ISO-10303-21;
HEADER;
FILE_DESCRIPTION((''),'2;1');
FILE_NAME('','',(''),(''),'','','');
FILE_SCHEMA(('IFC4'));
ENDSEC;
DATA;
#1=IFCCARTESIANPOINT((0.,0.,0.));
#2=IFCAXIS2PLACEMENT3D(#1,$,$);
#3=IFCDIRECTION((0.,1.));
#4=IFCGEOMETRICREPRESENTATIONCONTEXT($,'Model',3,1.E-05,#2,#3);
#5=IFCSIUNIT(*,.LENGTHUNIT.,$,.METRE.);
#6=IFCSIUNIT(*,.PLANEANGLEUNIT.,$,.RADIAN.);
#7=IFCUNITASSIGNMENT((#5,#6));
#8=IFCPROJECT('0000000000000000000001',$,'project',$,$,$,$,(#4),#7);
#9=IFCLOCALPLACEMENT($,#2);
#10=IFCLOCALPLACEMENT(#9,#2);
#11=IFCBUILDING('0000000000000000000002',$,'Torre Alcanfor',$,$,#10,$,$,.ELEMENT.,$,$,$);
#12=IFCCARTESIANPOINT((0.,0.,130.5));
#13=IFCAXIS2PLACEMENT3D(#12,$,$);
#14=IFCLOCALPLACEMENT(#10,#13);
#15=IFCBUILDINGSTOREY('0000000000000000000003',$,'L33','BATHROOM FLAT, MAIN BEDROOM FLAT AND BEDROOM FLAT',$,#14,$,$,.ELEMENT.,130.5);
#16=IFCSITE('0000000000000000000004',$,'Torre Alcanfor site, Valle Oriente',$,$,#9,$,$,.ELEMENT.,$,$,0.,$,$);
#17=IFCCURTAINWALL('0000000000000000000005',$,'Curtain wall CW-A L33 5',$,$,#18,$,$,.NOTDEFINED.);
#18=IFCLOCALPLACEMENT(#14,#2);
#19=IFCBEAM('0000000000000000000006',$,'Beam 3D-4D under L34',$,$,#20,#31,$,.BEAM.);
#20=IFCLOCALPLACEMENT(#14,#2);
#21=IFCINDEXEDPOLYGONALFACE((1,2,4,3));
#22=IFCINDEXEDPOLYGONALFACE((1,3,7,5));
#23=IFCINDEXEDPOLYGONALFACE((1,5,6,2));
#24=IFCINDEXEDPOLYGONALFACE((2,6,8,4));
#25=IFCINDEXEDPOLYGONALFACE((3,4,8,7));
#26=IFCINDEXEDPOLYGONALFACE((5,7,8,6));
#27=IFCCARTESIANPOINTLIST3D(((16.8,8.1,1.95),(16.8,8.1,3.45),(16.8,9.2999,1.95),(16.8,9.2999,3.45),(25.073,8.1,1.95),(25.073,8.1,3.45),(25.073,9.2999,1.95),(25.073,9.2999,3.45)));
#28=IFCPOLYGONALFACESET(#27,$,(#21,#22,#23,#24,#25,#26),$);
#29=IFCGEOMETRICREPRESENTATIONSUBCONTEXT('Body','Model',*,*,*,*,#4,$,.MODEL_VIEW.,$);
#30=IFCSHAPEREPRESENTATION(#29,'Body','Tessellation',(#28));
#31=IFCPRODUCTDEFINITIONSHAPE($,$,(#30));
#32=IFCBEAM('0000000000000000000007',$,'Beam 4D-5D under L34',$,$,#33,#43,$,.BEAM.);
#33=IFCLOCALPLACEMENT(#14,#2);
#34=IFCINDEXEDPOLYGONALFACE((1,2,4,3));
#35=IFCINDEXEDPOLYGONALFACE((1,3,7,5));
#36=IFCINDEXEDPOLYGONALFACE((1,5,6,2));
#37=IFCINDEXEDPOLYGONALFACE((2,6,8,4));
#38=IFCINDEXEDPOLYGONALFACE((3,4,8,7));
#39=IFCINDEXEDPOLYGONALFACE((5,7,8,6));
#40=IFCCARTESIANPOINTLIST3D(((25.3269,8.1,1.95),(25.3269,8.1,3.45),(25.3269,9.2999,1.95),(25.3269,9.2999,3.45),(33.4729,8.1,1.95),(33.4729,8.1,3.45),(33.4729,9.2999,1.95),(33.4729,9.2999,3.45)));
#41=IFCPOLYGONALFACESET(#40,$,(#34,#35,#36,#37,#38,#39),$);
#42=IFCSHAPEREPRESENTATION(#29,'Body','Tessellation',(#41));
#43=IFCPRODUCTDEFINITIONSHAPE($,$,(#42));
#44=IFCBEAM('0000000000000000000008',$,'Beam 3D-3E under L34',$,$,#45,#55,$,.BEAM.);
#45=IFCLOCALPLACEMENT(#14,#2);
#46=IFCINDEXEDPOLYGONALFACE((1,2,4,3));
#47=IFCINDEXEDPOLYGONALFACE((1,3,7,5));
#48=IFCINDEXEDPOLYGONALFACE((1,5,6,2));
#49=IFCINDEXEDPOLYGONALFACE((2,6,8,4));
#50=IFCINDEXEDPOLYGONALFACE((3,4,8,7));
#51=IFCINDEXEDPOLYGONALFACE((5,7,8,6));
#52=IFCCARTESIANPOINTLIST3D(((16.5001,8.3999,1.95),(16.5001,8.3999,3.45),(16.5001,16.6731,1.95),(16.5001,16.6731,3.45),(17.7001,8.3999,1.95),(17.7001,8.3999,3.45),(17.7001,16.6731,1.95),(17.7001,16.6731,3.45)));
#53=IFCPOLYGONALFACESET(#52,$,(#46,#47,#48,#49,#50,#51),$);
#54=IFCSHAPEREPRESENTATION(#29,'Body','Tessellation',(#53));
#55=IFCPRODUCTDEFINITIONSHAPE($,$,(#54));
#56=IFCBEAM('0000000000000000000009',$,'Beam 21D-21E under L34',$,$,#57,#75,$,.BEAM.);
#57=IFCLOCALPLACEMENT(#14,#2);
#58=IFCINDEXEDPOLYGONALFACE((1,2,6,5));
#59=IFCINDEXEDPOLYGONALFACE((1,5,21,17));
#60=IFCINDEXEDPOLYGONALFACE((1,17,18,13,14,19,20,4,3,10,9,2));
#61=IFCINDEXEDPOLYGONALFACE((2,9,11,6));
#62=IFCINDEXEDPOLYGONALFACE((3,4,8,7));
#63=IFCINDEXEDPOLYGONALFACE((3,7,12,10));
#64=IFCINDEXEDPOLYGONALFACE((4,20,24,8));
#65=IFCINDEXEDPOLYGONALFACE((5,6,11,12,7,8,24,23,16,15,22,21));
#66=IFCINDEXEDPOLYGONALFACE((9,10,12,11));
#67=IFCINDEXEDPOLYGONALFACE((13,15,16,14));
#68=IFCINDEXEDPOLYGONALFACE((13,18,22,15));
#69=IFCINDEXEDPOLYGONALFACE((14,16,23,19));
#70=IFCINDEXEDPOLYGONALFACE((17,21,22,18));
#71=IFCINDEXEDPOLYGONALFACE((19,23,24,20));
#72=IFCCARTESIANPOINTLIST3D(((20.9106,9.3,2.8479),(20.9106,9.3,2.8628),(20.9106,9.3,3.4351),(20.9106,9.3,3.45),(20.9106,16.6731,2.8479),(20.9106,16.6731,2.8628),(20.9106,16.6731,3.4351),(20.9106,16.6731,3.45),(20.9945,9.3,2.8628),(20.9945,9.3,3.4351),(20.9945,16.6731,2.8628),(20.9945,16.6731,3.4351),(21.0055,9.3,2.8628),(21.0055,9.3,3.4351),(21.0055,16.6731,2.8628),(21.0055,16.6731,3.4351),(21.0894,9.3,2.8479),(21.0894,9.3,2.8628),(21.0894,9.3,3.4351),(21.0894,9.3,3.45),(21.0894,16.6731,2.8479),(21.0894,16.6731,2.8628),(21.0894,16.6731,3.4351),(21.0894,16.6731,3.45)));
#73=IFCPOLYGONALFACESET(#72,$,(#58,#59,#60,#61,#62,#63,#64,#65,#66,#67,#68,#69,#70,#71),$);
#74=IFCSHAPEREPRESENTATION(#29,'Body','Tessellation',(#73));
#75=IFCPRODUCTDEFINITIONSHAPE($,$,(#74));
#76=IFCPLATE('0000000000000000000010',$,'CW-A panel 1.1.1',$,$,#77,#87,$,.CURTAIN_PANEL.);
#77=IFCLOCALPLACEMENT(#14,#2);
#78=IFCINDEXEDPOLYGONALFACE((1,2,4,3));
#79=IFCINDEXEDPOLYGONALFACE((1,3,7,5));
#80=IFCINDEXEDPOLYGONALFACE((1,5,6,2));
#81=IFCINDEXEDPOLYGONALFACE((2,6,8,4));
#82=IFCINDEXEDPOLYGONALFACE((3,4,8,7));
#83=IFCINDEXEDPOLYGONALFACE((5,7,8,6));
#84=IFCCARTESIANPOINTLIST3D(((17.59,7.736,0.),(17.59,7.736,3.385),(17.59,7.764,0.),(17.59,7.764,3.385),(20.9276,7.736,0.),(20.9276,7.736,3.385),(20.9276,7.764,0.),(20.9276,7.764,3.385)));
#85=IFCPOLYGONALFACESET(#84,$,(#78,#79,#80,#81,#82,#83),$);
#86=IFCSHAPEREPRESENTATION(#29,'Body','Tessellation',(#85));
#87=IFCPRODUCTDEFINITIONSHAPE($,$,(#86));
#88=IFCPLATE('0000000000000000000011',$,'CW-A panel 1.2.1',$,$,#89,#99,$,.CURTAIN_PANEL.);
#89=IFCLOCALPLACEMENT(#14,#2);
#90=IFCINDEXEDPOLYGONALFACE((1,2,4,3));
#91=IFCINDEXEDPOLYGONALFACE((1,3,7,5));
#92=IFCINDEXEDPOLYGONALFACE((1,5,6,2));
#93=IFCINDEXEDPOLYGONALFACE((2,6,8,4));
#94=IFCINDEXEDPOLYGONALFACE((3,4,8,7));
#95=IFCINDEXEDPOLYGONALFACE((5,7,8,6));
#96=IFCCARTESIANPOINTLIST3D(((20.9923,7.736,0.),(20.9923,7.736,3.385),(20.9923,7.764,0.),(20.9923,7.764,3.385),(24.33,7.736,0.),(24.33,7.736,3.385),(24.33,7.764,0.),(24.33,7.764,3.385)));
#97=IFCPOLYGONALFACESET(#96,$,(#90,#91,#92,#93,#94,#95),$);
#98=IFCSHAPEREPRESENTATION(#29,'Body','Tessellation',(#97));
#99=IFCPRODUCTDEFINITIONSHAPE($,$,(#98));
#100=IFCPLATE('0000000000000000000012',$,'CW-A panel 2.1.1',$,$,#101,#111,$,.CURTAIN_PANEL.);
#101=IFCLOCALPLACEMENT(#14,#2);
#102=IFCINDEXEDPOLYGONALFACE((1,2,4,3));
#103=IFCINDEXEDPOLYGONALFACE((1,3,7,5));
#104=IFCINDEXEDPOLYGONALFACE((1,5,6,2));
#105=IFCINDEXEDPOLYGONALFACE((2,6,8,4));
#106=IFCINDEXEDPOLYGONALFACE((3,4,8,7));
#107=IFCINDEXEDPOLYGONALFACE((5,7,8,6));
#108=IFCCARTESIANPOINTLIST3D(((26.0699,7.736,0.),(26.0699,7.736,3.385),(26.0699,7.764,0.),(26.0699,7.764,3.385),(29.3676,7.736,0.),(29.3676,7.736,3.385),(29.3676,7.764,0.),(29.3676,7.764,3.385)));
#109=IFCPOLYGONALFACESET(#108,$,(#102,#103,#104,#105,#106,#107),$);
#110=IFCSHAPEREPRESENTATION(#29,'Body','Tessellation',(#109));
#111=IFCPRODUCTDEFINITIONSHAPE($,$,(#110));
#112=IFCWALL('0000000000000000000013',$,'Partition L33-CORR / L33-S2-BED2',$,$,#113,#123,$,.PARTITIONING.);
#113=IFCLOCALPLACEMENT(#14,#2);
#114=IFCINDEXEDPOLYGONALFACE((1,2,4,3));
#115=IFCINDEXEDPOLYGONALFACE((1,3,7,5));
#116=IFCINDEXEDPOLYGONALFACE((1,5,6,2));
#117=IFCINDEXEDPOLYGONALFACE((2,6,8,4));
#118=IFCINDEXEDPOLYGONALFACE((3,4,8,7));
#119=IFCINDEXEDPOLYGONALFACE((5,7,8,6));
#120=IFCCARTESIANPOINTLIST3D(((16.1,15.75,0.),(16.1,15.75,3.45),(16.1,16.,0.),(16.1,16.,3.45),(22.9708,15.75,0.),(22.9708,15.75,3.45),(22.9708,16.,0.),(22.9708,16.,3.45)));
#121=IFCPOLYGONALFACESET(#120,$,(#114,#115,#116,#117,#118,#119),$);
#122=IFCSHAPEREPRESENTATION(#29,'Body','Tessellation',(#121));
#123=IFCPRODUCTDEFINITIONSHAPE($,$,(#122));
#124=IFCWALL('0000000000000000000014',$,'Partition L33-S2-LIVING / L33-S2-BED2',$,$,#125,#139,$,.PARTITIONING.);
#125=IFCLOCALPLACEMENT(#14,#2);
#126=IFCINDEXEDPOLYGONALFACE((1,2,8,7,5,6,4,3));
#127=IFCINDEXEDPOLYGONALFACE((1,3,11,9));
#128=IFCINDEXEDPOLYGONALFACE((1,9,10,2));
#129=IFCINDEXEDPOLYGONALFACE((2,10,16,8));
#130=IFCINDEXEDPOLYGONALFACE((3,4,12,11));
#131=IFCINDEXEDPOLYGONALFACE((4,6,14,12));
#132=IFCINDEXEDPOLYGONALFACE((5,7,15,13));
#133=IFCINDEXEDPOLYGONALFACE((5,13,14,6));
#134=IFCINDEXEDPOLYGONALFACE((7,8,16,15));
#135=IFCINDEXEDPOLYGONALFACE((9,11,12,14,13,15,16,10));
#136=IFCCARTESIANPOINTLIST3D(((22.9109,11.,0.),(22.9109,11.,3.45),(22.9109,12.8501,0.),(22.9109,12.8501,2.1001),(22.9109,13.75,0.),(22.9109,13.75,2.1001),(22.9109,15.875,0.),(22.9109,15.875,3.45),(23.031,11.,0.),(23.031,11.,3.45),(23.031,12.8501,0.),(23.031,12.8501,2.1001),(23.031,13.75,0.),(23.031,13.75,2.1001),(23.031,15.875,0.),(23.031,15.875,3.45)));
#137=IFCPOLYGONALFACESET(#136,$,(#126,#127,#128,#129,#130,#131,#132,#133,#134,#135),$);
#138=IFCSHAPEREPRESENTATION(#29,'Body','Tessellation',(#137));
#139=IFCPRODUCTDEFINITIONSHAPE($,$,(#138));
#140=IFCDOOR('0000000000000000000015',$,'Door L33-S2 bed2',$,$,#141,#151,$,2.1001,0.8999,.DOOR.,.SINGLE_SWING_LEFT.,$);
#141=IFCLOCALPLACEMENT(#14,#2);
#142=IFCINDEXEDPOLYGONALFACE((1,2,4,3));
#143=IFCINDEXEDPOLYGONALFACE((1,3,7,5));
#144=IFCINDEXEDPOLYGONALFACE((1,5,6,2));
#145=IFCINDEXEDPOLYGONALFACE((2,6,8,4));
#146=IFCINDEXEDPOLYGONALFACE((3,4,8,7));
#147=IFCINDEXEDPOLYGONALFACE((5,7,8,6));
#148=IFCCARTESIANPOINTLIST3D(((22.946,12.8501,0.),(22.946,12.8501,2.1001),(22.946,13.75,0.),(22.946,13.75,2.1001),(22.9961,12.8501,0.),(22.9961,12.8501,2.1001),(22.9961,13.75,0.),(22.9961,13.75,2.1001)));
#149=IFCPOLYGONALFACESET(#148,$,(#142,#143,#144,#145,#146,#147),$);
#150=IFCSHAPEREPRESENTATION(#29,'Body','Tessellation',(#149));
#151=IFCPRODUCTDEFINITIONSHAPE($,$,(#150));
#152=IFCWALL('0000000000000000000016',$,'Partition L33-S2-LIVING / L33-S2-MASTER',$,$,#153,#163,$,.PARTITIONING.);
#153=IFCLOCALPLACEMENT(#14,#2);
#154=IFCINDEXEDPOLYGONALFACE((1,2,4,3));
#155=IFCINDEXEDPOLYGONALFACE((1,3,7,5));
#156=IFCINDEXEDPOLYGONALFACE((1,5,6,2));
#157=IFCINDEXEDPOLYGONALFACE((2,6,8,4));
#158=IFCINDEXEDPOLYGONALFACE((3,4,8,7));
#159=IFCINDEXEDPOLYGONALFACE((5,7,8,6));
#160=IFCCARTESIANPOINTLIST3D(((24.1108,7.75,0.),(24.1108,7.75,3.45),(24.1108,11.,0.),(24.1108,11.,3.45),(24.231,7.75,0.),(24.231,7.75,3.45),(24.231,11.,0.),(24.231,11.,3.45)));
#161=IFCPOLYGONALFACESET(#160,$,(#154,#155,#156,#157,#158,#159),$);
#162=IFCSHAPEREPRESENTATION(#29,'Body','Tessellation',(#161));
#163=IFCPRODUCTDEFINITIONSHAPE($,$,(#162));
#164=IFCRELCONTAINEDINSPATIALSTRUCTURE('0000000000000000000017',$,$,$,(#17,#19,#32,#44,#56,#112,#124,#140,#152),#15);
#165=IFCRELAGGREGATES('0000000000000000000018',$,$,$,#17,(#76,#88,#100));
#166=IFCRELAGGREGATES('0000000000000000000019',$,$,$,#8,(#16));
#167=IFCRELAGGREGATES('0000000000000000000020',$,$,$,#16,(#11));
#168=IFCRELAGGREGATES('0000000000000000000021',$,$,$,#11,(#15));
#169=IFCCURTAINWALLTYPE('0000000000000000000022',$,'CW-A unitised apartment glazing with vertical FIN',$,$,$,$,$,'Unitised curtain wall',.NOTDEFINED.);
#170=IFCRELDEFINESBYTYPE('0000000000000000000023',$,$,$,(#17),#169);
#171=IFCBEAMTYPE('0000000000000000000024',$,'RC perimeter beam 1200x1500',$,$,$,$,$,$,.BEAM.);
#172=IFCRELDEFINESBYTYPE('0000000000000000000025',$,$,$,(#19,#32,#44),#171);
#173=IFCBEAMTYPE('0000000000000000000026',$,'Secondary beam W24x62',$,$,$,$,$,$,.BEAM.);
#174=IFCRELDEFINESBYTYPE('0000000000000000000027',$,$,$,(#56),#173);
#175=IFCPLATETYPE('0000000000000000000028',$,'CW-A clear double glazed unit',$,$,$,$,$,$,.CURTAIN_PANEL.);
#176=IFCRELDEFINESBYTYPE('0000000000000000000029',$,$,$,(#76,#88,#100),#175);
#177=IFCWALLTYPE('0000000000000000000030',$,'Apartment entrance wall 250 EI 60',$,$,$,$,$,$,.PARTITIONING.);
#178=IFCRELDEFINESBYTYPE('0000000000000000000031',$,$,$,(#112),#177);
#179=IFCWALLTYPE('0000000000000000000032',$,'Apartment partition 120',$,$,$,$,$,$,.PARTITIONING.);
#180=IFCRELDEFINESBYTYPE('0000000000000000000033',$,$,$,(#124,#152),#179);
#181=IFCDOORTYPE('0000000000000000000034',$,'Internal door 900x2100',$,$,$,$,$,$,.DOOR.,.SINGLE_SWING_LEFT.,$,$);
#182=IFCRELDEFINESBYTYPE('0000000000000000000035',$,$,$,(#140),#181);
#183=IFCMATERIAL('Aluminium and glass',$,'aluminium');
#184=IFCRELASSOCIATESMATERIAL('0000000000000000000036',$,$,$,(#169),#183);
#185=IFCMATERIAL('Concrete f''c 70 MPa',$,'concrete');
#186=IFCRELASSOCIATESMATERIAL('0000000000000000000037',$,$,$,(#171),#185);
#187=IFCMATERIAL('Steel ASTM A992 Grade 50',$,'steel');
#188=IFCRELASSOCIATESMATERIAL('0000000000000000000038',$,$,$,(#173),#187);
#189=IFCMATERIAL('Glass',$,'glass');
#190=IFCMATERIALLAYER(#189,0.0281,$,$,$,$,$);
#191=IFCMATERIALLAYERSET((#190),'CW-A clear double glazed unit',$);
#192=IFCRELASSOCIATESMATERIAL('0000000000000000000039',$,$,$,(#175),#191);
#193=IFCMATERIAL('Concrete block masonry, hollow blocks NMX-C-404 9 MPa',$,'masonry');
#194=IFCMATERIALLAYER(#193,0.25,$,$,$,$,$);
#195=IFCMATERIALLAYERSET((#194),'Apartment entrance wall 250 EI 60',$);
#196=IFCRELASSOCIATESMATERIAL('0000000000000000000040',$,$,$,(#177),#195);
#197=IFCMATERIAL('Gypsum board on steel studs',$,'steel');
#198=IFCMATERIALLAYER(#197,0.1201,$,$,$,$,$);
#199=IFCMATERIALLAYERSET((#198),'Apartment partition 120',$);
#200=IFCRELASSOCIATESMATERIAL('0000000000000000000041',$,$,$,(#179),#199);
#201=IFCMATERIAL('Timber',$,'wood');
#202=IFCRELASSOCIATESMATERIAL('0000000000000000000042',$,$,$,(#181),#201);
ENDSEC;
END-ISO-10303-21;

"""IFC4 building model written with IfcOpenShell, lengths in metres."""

from ifc_helpers import new_model, si_unit, direction, frame, frame_2d, origin, origin_2d, place, context, subcontext, project, spatial, rectangle, i_section, extrude, material, layer, layer_set, material_profile, profile_set, type_object, element, fill, aggregate, save


model = new_model("IFC4")

# Units and contexts
model_context = context("Model", 3, precision=1e-05, world=origin(), true_north=direction((0.0, 1.0)))
body_context = subcontext(model_context, "Body", "Model", "MODEL_VIEW")
ifc_project = project(units=[si_unit("LENGTHUNIT", "METRE"), si_unit("PLANEANGLEUNIT", "RADIAN")], contexts=[model_context])

# Site, building, storey
site_placement = place(None, origin())
site = spatial("IfcSite", under=ifc_project, at=site_placement, Name="Torre Alcanfor site, Valle Oriente", CompositionType="ELEMENT", RefElevation=0.0)
building_placement = place(site_placement, origin())
building = spatial("IfcBuilding", under=site, at=building_placement, Name="Torre Alcanfor", CompositionType="ELEMENT")
storey_placement = place(building_placement, frame((0.0, 0.0, 130.5)))
storey = spatial("IfcBuildingStorey", under=building, at=storey_placement, Name="L33", Description="BATHROOM FLAT, MAIN BEDROOM FLAT AND BEDROOM FLAT", CompositionType="ELEMENT", Elevation=130.5)

# Curtain wall
ifc_material_1 = material(Name="Aluminium and glass", Category="aluminium")
curtain_wall_type = type_object("IfcCurtainWallType", Name="CW-A unitised apartment glazing with vertical FIN", ElementType="Unitised curtain wall", PredefinedType="NOTDEFINED", material=ifc_material_1)
curtain_wall_placement = place(storey_placement, origin())
curtain_wall = element("IfcCurtainWall", 1, at=curtain_wall_placement, inside=storey, type_object=curtain_wall_type, Name="Curtain wall CW-A L33 5", PredefinedType="NOTDEFINED")

# Beams
ifc_material_2 = material(Name="Concrete f'c 70 MPa", Category="concrete")
ifc_material_profile_1 = material_profile(ifc_material_2, rectangle(XDim=1.2, YDim=1.5, at=origin_2d()), Name="1200x1500")
ifc_profile_set_1 = profile_set([ifc_material_profile_1], Name="Concrete f'c 70 MPa")
beam_type_1 = type_object("IfcBeamType", Name="RC perimeter beam 1200x1500", PredefinedType="BEAM", material=ifc_profile_set_1)
beam_1_placement = place(storey_placement, frame((16.8, 8.7, 2.7), z_axis=(1.0, 0.0, 0.0), x_axis=(0.0, 1.0, 0.0)))
element("IfcBeam", 2, at=beam_1_placement, inside=storey, type_object=beam_type_1, Name="Beam 3D-4D under L34", PredefinedType="BEAM", context=body_context, shape_type="SweptSolid", body=[
    extrude(rectangle(XDim=1.2, YDim=1.5, at=origin_2d()), origin(), (0.0, 0.0, 1.0), 8.2729),
])
beam_2_placement = place(storey_placement, frame((25.3269, 8.7, 2.7), z_axis=(1.0, 0.0, 0.0), x_axis=(0.0, 1.0, 0.0)))
element("IfcBeam", 3, at=beam_2_placement, inside=storey, type_object=beam_type_1, Name="Beam 4D-5D under L34", PredefinedType="BEAM", context=body_context, shape_type="SweptSolid", body=[
    extrude(rectangle(XDim=1.2, YDim=1.5, at=origin_2d()), origin(), (0.0, 0.0, 1.0), 8.146),
])
beam_3_placement = place(storey_placement, frame((17.1001, 8.3999, 2.7), z_axis=(0.0, 1.0, 0.0), x_axis=(-1.0, 0.0, 0.0)))
element("IfcBeam", 4, at=beam_3_placement, inside=storey, type_object=beam_type_1, Name="Beam 3D-3E under L34", PredefinedType="BEAM", context=body_context, shape_type="SweptSolid", body=[
    extrude(rectangle(XDim=1.2, YDim=1.5, at=origin_2d()), origin(), (0.0, 0.0, 1.0), 8.2732),
])
ifc_material_3 = material(Name="Steel ASTM A992 Grade 50", Category="steel")
ifc_material_profile_2 = material_profile(ifc_material_3, i_section(OverallWidth=0.1787, OverallDepth=0.6021, WebThickness=0.011, FlangeThickness=0.0149, at=origin_2d()), Name="W24x62")
ifc_profile_set_2 = profile_set([ifc_material_profile_2], Name="Steel ASTM A992 Grade 50")
beam_type_2 = type_object("IfcBeamType", Name="Secondary beam W24x62", PredefinedType="BEAM", material=ifc_profile_set_2)
beam_4_placement = place(storey_placement, frame((21.0, 9.3, 3.1489), z_axis=(0.0, 1.0, 0.0), x_axis=(-1.0, 0.0, 0.0)))
element("IfcBeam", 5, at=beam_4_placement, inside=storey, type_object=beam_type_2, Name="Beam 21D-21E under L34", PredefinedType="BEAM", context=body_context, shape_type="SweptSolid", body=[
    extrude(i_section(OverallWidth=0.1787, OverallDepth=0.6021, WebThickness=0.011, FlangeThickness=0.0149, at=origin_2d()), origin(), (0.0, 0.0, 1.0), 7.373),
])

# Plates
ifc_material_4 = material(Name="Glass", Category="glass")
ifc_layer_1 = layer(ifc_material_4, 0.0281)
ifc_layer_set_1 = layer_set([ifc_layer_1], Name="CW-A clear double glazed unit")
plate_type = type_object("IfcPlateType", Name="CW-A clear double glazed unit", PredefinedType="CURTAIN_PANEL", material=ifc_layer_set_1)
plate_1_placement = place(storey_placement, frame((19.2588, 7.75, 0.0), z_axis=(0.0, 0.0, 1.0), x_axis=(1.0, 0.0, 0.0)))
plate_1 = element("IfcPlate", 6, at=plate_1_placement, type_object=plate_type, Name="CW-A panel 1.1.1", PredefinedType="CURTAIN_PANEL", context=body_context, shape_type="SweptSolid", body=[
    extrude(rectangle(XDim=3.3376, YDim=0.0281, at=origin_2d()), origin(), (0.0, 0.0, 1.0), 3.385),
])
plate_2_placement = place(storey_placement, frame((22.6611, 7.75, 0.0), z_axis=(0.0, 0.0, 1.0), x_axis=(1.0, 0.0, 0.0)))
plate_2 = element("IfcPlate", 7, at=plate_2_placement, type_object=plate_type, Name="CW-A panel 1.2.1", PredefinedType="CURTAIN_PANEL", context=body_context, shape_type="SweptSolid", body=[
    extrude(rectangle(XDim=3.3376, YDim=0.0281, at=origin_2d()), origin(), (0.0, 0.0, 1.0), 3.385),
])
plate_3_placement = place(storey_placement, frame((27.7188, 7.75, 0.0), z_axis=(0.0, 0.0, 1.0), x_axis=(1.0, 0.0, 0.0)))
plate_3 = element("IfcPlate", 8, at=plate_3_placement, type_object=plate_type, Name="CW-A panel 2.1.1", PredefinedType="CURTAIN_PANEL", context=body_context, shape_type="SweptSolid", body=[
    extrude(rectangle(XDim=3.2976, YDim=0.0281, at=origin_2d()), origin(), (0.0, 0.0, 1.0), 3.385),
])
aggregate(curtain_wall, [plate_1, plate_2, plate_3])

# Wall
ifc_material_5 = material(Name="Concrete block masonry, hollow blocks NMX-C-404 9 MPa", Category="masonry")
ifc_layer_2 = layer(ifc_material_5, 0.25)
ifc_layer_set_2 = layer_set([ifc_layer_2], Name="Apartment entrance wall 250 EI 60")
wall_type_1 = type_object("IfcWallType", Name="Apartment entrance wall 250 EI 60", PredefinedType="PARTITIONING", material=ifc_layer_set_2)
wall_1_placement = place(storey_placement, frame((22.9709, 15.875, 0.0), z_axis=(0.0, 0.0, 1.0), x_axis=(-1.0, 0.0, 0.0)))
element("IfcWall", 9, at=wall_1_placement, inside=storey, type_object=wall_type_1, Name="Partition L33-CORR / L33-S2-BED2", PredefinedType="PARTITIONING", context=body_context, shape_type="SweptSolid", body=[
    extrude(rectangle(XDim=6.8708, YDim=0.25, at=frame_2d((3.4355, 0.0))), origin(), (0.0, 0.0, 1.0), 3.45),
])

# Wall, opening, door
ifc_material_6 = material(Name="Gypsum board on steel studs", Category="steel")
ifc_layer_3 = layer(ifc_material_6, 0.1201)
ifc_layer_set_3 = layer_set([ifc_layer_3], Name="Apartment partition 120")
wall_type_2 = type_object("IfcWallType", Name="Apartment partition 120", PredefinedType="PARTITIONING", material=ifc_layer_set_3)
wall_2_placement = place(storey_placement, frame((22.9709, 11.0, 0.0), z_axis=(0.0, 0.0, 1.0), x_axis=(0.0, 1.0, 0.0)))
wall_2 = element("IfcWall", 10, at=wall_2_placement, inside=storey, type_object=wall_type_2, Name="Partition L33-S2-LIVING / L33-S2-BED2", PredefinedType="PARTITIONING", context=body_context, shape_type="SweptSolid", body=[
    extrude(rectangle(XDim=4.875, YDim=0.1201, at=frame_2d((2.4375, 0.0))), origin(), (0.0, 0.0, 1.0), 3.45),
])
opening_1_placement = place(wall_2_placement, frame((1.8501, 0.0, 0.0)))
opening_1 = element("IfcOpeningElement", 11, at=opening_1_placement, cuts=wall_2, PredefinedType="OPENING", context=body_context, shape_type="SweptSolid", body=[
    extrude(rectangle(XDim=0.8999, YDim=2.1001, at=frame_2d((0.45, 1.05))), frame((0.0, 0.0701, 0.0), z_axis=(0.0, -1.0, 0.0), x_axis=(1.0, 0.0, 0.0)), (0.0, 0.0, 1.0), 0.1401),
])
ifc_material_7 = material(Name="Timber", Category="wood")
door_type_1 = type_object("IfcDoorType", Name="Internal door 900x2100", OperationType="SINGLE_SWING_LEFT", PredefinedType="DOOR", material=ifc_material_7)
door_1_placement = place(opening_1_placement, origin())
door_1 = element("IfcDoor", 12, at=door_1_placement, inside=storey, type_object=door_type_1, Name="Door L33-S2 bed2", OperationType="SINGLE_SWING_LEFT", OverallHeight=2.1001, OverallWidth=0.8999, PredefinedType="DOOR", context=body_context, shape_type="SweptSolid", body=[
    extrude(rectangle(XDim=0.8999, YDim=2.1001, at=frame_2d((0.45, 1.05))), frame((0.0, 0.0249, 0.0), z_axis=(0.0, -1.0, 0.0), x_axis=(1.0, 0.0, 0.0)), (0.0, 0.0, 1.0), 0.05),
])
fill(opening_1, door_1)

# Wall
wall_3_placement = place(storey_placement, frame((24.1709, 7.75, 0.0), z_axis=(0.0, 0.0, 1.0), x_axis=(0.0, 1.0, 0.0)))
element("IfcWall", 13, at=wall_3_placement, inside=storey, type_object=wall_type_2, Name="Partition L33-S2-LIVING / L33-S2-MASTER", PredefinedType="PARTITIONING", context=body_context, shape_type="SweptSolid", body=[
    extrude(rectangle(XDim=3.25, YDim=0.1201, at=frame_2d((1.625, 0.0))), origin(), (0.0, 0.0, 1.0), 3.45),
])

save(model, "model.ifc")
